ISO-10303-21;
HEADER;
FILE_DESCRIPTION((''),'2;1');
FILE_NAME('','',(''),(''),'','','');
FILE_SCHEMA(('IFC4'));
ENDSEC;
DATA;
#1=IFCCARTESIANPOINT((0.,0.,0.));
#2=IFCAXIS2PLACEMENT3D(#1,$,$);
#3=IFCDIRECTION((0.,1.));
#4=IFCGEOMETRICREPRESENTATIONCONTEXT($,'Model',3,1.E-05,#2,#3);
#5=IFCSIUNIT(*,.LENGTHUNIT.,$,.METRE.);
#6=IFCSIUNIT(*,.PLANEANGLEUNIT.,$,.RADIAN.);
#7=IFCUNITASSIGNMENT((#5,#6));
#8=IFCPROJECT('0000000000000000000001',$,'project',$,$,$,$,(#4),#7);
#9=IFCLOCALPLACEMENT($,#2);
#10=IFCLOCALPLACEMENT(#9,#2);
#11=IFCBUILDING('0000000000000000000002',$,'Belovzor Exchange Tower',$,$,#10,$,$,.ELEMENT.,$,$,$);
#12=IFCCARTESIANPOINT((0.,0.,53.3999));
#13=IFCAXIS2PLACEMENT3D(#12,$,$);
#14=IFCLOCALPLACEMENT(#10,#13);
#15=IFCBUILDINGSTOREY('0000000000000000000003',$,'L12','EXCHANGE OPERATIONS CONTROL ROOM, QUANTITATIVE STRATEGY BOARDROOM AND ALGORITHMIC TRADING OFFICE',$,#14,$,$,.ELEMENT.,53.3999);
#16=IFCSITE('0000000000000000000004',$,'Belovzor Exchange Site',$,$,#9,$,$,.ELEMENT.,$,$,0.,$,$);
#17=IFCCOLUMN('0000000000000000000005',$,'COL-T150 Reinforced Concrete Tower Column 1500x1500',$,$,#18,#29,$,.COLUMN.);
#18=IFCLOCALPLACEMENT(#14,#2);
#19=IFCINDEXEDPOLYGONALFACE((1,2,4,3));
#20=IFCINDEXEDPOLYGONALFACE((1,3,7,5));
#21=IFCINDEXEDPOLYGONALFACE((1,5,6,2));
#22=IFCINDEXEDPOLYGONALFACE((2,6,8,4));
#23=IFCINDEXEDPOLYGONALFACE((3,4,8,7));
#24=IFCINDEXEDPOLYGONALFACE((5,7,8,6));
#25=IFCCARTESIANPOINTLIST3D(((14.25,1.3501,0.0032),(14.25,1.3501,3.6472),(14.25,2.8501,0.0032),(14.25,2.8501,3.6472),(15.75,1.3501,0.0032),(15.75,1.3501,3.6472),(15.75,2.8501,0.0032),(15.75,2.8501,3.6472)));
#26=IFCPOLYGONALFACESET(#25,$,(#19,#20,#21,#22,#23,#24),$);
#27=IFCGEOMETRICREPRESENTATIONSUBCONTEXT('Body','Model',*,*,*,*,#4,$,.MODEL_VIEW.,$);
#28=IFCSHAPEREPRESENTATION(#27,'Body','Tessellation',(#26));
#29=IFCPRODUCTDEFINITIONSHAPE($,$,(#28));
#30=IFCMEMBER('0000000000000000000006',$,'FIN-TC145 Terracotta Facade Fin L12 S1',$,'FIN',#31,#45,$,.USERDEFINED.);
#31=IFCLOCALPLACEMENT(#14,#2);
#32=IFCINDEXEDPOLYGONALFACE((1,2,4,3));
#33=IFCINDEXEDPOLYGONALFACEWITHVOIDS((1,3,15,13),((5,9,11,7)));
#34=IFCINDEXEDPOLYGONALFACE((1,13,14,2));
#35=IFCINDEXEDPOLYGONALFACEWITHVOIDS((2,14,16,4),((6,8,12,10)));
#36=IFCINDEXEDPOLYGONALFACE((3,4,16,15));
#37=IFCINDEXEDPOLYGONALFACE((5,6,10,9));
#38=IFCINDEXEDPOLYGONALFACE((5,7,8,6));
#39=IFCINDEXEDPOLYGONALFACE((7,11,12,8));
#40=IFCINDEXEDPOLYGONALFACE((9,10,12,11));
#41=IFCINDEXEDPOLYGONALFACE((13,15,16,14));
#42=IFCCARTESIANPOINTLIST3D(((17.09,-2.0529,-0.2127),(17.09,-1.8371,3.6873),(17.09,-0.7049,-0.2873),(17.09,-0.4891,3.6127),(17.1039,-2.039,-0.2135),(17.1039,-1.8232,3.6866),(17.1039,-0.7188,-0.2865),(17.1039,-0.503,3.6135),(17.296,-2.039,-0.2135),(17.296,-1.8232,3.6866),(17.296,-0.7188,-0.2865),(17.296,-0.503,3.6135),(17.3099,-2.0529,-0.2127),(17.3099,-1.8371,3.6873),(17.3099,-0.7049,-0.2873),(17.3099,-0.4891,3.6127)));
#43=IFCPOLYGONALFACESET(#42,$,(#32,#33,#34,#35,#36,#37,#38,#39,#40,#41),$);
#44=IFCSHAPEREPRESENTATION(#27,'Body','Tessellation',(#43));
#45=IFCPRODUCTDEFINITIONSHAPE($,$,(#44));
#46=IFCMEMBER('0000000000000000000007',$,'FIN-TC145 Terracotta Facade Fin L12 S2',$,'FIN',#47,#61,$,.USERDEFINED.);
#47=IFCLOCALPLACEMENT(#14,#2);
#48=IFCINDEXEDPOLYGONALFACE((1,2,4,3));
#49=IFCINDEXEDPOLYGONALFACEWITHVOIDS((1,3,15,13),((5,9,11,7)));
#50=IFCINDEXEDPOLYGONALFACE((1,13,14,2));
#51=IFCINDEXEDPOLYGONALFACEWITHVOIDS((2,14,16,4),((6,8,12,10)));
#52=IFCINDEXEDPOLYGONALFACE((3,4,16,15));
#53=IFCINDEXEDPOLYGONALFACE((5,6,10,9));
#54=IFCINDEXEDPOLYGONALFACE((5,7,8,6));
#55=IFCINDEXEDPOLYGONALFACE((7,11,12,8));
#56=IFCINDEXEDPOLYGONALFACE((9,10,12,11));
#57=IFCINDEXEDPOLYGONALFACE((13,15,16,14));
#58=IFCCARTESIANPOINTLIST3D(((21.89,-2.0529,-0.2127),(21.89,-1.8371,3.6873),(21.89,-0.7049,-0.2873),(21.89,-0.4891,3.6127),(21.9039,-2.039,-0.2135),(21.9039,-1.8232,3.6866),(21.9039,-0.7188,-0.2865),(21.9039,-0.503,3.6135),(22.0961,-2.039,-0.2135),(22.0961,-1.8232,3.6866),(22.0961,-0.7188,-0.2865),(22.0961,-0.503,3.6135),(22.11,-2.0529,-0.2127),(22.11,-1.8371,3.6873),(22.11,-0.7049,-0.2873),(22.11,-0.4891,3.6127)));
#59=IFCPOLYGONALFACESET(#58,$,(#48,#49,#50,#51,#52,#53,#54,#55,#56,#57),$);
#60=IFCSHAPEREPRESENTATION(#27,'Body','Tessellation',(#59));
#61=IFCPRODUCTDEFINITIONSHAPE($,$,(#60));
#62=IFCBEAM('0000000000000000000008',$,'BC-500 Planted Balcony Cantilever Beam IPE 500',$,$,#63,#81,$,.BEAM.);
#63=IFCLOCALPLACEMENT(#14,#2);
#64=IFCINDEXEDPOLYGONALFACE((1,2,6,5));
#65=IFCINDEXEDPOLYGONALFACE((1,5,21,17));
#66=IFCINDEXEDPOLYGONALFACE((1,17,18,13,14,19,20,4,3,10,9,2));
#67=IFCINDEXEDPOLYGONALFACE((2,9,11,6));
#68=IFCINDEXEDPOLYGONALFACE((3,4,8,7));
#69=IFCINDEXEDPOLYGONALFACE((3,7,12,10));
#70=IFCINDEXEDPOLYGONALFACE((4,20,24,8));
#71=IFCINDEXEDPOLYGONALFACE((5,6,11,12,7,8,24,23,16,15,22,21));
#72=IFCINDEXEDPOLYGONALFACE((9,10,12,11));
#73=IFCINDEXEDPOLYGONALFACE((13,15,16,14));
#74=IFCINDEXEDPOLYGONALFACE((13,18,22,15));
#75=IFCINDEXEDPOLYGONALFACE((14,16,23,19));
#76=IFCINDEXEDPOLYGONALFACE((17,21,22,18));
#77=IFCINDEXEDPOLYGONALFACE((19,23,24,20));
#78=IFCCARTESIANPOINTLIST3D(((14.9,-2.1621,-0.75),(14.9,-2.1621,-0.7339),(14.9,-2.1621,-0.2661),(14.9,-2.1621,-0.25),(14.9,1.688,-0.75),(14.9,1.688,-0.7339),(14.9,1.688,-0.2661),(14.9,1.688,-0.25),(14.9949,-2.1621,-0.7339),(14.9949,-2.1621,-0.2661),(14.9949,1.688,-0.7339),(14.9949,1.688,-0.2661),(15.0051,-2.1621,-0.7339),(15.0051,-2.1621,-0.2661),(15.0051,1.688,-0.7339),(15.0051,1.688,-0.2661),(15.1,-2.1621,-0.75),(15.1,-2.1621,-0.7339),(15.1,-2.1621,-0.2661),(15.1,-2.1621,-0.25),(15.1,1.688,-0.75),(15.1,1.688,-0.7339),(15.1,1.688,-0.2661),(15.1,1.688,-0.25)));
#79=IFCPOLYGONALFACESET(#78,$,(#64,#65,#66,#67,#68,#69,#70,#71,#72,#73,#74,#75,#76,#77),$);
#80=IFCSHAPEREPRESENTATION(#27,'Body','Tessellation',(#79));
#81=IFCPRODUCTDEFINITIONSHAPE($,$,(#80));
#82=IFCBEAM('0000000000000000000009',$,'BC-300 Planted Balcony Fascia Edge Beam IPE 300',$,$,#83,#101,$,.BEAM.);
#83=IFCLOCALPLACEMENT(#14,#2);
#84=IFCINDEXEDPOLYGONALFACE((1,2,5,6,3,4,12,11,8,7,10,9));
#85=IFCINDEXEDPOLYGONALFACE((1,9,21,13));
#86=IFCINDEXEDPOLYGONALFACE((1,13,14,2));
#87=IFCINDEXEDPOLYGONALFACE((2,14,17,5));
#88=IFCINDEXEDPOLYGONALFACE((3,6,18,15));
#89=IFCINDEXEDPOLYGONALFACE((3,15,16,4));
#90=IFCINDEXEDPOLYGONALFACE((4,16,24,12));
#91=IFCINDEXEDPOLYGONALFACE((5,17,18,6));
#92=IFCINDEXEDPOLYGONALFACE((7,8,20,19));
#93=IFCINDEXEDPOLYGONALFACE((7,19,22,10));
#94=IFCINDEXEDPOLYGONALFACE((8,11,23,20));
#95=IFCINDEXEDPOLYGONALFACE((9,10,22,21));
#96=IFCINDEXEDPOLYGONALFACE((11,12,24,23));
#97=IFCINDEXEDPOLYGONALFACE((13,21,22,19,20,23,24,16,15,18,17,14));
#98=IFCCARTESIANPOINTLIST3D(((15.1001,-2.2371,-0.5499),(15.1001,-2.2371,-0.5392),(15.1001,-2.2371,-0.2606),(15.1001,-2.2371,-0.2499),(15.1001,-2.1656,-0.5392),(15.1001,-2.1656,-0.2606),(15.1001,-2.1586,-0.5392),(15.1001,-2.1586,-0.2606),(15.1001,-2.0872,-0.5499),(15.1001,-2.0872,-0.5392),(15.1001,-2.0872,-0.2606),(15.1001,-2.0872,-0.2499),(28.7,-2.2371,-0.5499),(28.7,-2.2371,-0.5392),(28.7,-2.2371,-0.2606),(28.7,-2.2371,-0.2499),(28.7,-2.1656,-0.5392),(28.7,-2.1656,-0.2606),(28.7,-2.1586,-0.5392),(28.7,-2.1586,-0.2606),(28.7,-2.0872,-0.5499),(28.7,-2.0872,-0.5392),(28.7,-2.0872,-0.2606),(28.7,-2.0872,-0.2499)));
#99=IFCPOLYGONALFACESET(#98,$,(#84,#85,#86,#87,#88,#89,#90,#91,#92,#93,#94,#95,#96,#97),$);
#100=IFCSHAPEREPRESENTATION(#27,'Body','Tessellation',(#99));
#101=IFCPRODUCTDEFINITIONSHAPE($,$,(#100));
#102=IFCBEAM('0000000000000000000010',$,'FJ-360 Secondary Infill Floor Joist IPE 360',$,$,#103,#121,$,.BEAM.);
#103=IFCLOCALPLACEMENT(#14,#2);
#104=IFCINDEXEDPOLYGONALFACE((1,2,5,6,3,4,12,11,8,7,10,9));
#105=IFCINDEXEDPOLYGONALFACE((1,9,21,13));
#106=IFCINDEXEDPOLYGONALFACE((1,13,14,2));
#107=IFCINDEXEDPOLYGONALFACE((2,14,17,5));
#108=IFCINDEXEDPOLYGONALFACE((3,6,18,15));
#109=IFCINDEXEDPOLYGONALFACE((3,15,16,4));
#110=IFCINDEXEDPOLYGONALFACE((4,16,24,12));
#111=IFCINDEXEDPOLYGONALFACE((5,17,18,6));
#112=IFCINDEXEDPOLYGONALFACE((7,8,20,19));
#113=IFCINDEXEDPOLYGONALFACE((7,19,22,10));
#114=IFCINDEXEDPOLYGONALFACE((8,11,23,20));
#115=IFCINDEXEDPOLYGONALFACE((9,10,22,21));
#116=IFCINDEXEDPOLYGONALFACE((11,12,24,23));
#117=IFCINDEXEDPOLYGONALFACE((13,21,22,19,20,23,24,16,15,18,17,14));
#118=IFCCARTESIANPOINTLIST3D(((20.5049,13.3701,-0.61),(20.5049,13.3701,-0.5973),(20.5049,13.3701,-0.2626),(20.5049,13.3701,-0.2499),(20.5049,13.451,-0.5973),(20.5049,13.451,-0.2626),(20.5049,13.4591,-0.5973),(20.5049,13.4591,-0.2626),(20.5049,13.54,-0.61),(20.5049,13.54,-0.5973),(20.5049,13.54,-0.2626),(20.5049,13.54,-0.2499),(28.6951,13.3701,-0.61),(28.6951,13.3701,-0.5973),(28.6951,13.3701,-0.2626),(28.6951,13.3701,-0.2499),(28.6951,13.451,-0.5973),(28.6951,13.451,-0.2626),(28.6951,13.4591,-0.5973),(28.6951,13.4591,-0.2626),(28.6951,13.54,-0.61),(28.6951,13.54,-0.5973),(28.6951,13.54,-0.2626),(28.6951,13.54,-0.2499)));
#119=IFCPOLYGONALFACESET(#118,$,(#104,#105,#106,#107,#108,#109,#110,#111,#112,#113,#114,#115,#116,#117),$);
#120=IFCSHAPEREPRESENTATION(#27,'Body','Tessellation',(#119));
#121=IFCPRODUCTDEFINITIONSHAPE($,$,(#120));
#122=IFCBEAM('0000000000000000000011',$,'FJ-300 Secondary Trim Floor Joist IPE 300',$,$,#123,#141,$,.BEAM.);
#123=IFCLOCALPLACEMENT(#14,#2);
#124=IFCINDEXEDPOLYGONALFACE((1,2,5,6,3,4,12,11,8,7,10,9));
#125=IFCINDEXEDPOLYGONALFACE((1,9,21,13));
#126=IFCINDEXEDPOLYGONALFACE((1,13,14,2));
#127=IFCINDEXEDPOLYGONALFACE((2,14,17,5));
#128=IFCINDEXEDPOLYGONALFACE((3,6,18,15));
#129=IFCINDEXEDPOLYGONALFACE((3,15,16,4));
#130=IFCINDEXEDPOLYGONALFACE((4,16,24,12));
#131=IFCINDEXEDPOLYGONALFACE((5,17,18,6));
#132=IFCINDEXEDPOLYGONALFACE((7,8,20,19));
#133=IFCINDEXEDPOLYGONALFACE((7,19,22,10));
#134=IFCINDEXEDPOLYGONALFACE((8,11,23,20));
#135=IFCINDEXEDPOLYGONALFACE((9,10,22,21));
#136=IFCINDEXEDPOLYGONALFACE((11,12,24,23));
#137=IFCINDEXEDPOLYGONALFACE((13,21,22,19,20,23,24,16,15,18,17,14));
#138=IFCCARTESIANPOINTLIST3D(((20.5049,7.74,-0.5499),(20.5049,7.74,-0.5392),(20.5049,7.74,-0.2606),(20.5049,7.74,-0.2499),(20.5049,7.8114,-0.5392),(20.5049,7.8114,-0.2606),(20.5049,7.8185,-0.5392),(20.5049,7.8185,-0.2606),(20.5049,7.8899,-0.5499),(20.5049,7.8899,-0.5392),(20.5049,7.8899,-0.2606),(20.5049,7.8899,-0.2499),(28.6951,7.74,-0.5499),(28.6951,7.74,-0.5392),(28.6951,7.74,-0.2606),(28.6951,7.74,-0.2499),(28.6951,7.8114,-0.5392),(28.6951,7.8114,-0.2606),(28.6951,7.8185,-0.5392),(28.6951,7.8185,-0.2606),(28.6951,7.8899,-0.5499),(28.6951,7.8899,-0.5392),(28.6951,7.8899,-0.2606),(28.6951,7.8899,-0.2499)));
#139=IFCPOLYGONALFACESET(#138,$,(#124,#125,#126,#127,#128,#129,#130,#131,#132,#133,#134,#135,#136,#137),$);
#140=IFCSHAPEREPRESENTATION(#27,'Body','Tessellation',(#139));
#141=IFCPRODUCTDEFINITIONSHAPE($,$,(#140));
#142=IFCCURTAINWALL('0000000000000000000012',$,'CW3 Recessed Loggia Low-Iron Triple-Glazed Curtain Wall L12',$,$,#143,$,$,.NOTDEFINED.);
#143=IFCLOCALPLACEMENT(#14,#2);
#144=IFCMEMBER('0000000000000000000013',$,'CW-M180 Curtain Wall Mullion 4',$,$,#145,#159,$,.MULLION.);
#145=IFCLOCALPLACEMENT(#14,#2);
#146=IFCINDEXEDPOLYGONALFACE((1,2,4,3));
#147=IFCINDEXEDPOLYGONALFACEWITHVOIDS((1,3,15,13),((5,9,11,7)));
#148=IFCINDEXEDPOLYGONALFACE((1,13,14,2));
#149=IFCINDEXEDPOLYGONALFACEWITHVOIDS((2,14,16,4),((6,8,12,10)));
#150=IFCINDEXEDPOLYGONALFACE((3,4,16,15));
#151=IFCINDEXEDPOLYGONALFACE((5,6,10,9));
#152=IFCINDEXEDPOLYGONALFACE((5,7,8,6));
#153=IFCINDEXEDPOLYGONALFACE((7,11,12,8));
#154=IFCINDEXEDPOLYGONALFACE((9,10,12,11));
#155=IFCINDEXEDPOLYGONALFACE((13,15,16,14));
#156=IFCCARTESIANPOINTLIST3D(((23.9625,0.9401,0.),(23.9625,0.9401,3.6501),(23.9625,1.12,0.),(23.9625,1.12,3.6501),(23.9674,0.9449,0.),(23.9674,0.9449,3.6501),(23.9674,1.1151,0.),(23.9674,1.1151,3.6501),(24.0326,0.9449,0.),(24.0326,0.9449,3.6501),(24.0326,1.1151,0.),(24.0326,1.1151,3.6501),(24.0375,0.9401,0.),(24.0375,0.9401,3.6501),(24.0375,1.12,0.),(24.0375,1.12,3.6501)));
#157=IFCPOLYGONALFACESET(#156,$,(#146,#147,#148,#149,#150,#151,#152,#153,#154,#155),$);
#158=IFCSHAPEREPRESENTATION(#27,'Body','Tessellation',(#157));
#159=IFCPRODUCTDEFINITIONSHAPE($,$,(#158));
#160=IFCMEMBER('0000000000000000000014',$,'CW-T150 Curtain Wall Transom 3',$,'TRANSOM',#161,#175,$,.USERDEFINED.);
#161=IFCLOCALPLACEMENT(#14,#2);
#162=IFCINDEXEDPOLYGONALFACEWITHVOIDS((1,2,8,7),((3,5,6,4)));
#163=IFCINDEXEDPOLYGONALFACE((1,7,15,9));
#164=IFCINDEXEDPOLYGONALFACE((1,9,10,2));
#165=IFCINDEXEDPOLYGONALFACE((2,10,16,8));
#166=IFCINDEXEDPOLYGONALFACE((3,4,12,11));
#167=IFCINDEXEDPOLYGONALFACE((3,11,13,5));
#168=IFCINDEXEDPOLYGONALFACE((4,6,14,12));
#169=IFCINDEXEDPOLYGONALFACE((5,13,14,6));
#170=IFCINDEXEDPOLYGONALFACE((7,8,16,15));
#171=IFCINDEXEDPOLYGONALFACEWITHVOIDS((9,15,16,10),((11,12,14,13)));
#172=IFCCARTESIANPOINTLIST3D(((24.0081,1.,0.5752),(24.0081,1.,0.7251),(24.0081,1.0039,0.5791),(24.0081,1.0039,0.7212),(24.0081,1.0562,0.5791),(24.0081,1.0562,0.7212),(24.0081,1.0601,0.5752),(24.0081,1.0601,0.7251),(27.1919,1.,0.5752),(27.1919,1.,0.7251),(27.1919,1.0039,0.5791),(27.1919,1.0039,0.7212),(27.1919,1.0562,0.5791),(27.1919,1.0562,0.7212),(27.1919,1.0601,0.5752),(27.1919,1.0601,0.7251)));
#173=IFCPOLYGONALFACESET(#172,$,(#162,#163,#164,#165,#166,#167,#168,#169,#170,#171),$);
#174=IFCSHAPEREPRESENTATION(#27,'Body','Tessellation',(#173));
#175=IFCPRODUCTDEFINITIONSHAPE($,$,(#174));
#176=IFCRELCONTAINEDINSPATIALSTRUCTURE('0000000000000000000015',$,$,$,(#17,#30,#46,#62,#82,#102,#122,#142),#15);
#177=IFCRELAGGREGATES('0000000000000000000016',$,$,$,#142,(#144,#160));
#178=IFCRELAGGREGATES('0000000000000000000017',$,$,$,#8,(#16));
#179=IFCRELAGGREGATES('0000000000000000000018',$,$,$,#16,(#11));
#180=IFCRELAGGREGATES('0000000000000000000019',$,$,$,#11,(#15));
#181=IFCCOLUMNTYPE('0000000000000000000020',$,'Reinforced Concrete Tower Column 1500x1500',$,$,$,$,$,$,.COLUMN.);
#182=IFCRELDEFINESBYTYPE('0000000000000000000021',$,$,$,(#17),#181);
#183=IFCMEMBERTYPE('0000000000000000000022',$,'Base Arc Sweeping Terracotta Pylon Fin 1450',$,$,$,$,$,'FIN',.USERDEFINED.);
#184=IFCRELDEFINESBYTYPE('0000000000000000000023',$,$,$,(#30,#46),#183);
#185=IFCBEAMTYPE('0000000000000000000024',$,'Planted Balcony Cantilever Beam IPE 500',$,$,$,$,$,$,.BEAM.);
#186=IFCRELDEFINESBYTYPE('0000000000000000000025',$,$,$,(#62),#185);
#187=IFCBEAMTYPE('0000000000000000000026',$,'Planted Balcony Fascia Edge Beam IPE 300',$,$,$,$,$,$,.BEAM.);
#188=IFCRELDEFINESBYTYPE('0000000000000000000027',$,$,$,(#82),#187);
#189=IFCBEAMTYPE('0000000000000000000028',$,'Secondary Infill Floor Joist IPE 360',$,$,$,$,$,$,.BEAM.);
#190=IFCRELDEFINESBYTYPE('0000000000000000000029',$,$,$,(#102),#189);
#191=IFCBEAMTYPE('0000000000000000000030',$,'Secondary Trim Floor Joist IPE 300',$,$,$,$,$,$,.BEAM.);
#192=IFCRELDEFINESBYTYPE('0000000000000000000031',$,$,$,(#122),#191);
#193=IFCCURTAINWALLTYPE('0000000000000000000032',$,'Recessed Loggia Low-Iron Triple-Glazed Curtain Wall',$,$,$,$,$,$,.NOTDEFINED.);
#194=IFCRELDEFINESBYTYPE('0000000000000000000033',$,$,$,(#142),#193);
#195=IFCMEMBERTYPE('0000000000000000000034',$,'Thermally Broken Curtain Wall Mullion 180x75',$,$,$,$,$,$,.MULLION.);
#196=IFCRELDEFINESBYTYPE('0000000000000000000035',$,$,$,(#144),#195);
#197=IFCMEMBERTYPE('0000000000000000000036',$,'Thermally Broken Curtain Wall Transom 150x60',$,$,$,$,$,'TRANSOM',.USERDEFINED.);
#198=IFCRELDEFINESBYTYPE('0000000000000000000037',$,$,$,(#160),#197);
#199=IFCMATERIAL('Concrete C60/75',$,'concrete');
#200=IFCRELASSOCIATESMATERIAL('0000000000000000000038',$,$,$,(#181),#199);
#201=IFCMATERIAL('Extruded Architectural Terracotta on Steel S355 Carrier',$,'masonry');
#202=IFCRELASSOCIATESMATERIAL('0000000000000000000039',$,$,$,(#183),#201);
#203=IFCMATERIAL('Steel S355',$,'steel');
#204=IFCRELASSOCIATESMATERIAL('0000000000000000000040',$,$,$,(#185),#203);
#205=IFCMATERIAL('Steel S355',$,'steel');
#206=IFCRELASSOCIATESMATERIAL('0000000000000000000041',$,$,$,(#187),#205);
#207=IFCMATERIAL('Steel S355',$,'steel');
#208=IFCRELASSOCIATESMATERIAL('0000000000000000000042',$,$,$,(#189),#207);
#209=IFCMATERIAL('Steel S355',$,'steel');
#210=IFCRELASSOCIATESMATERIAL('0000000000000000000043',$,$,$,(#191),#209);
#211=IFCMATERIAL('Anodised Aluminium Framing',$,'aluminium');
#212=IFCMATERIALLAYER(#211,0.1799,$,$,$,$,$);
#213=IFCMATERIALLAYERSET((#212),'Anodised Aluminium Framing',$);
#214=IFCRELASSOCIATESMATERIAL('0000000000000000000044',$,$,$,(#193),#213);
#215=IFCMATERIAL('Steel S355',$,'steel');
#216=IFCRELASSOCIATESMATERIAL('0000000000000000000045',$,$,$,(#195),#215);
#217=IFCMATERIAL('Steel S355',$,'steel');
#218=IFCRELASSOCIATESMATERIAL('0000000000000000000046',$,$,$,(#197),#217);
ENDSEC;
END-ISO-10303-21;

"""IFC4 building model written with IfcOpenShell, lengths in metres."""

from ifc_helpers import new_model, si_unit, direction, frame, origin, origin_2d, place, context, subcontext, project, spatial, rectangle, hollow_rectangle, i_section, extrude, material, layer, layer_set, material_profile, profile_set, type_object, element, aggregate, save


model = new_model("IFC4")

# Units and contexts
model_context = context("Model", 3, precision=1e-05, world=origin(), true_north=direction((0.0, 1.0)))
body_context = subcontext(model_context, "Body", "Model", "MODEL_VIEW")
ifc_project = project(units=[si_unit("LENGTHUNIT", "METRE"), si_unit("PLANEANGLEUNIT", "RADIAN")], contexts=[model_context])

# Site, building, storey
site_placement = place(None, origin())
site = spatial("IfcSite", under=ifc_project, at=site_placement, Name="Belovzor Exchange Site", CompositionType="ELEMENT", RefElevation=0.0)
building_placement = place(site_placement, origin())
building = spatial("IfcBuilding", under=site, at=building_placement, Name="Belovzor Exchange Tower", CompositionType="ELEMENT")
storey_placement = place(building_placement, frame((0.0, 0.0, 53.3999)))
storey = spatial("IfcBuildingStorey", under=building, at=storey_placement, Name="L12", Description="EXCHANGE OPERATIONS CONTROL ROOM, QUANTITATIVE STRATEGY BOARDROOM AND ALGORITHMIC TRADING OFFICE", CompositionType="ELEMENT", Elevation=53.3999)

# Column
ifc_material_1 = material(Name="Concrete C60/75", Category="concrete")
ifc_material_profile_1 = material_profile(ifc_material_1, rectangle(XDim=1.5, YDim=1.5, at=origin_2d()))
ifc_profile_set_1 = profile_set([ifc_material_profile_1], Name="Concrete C60/75")
column_type = type_object("IfcColumnType", Name="Reinforced Concrete Tower Column 1500x1500", PredefinedType="COLUMN", material=ifc_profile_set_1)
column_placement = place(storey_placement, frame((15.0, 2.1001, 0.0032), z_axis=(0.0, 0.0, 1.0), x_axis=(1.0, 0.0, 0.0)))
element("IfcColumn", 1, at=column_placement, inside=storey, type_object=column_type, Name="COL-T150 Reinforced Concrete Tower Column 1500x1500", PredefinedType="COLUMN", context=body_context, shape_type="SweptSolid", body=[
    extrude(rectangle(XDim=1.5, YDim=1.5, at=origin_2d()), origin(), (0.0, 0.0, 1.0), 3.644),
])

# Members
ifc_material_2 = material(Name="Extruded Architectural Terracotta on Steel S355 Carrier", Category="masonry")
ifc_material_profile_2 = material_profile(ifc_material_2, hollow_rectangle(XDim=0.22, YDim=1.3501, WallThickness=0.0139, at=origin_2d()))
ifc_profile_set_2 = profile_set([ifc_material_profile_2], Name="Extruded Architectural Terracotta on Steel S355 Carrier")
member_type_1 = type_object("IfcMemberType", Name="Base Arc Sweeping Terracotta Pylon Fin 1450", ElementType="FIN", PredefinedType="USERDEFINED", material=ifc_profile_set_2)
for number, where, z_axis, x_axis, name in (
    (2, (17.2, -1.3789, -0.25), (0.0, 0.055252, 0.998472), (-1.0, 0.0, 0.0), "FIN-TC145 Terracotta Facade Fin L12 S1"),
    (3, (22.0, -1.3789, -0.25), (0.0, 0.055252, 0.998472), (-1.0, 0.0, 0.0), "FIN-TC145 Terracotta Facade Fin L12 S2"),
):
    element("IfcMember", number, at=place(storey_placement, frame(where, z_axis=z_axis, x_axis=x_axis)), inside=storey, type_object=member_type_1, Name=name, ObjectType="FIN", PredefinedType="USERDEFINED", context=body_context, shape_type="SweptSolid", body=[
        extrude(hollow_rectangle(XDim=0.22, YDim=1.3501, WallThickness=0.0139, at=origin_2d()), origin(), (0.0, 0.0, 1.0), 3.906),
    ])

# Beams
ifc_material_3 = material(Name="Steel S355", Category="steel")
ifc_material_profile_3 = material_profile(ifc_material_3, i_section(OverallWidth=0.2, OverallDepth=0.5, WebThickness=0.0103, FlangeThickness=0.0161, at=origin_2d()))
ifc_profile_set_3 = profile_set([ifc_material_profile_3], Name="Steel S355")
beam_type_1 = type_object("IfcBeamType", Name="Planted Balcony Cantilever Beam IPE 500", PredefinedType="BEAM", material=ifc_profile_set_3)
beam_1_placement = place(storey_placement, frame((15.0, 1.688, -0.5), z_axis=(0.0, -1.0, 0.0), x_axis=(1.0, 0.0, 0.0)))
element("IfcBeam", 4, at=beam_1_placement, inside=storey, type_object=beam_type_1, Name="BC-500 Planted Balcony Cantilever Beam IPE 500", PredefinedType="BEAM", context=body_context, shape_type="SweptSolid", body=[
    extrude(i_section(OverallWidth=0.2, OverallDepth=0.5, WebThickness=0.0103, FlangeThickness=0.0161, at=origin_2d()), origin(), (0.0, 0.0, 1.0), 3.8501),
])
ifc_material_4 = material(Name="Steel S355", Category="steel")
ifc_material_profile_4 = material_profile(ifc_material_4, i_section(OverallWidth=0.1499, OverallDepth=0.3, WebThickness=0.0071, FlangeThickness=0.0107, at=origin_2d()))
ifc_profile_set_4 = profile_set([ifc_material_profile_4], Name="Steel S355")
beam_type_2 = type_object("IfcBeamType", Name="Planted Balcony Fascia Edge Beam IPE 300", PredefinedType="BEAM", material=ifc_profile_set_4)
beam_2_placement = place(storey_placement, frame((15.1001, -2.1621, -0.3999), z_axis=(1.0, 0.0, 0.0), x_axis=(0.0, 1.0, 0.0)))
element("IfcBeam", 5, at=beam_2_placement, inside=storey, type_object=beam_type_2, Name="BC-300 Planted Balcony Fascia Edge Beam IPE 300", PredefinedType="BEAM", context=body_context, shape_type="SweptSolid", body=[
    extrude(i_section(OverallWidth=0.1499, OverallDepth=0.3, WebThickness=0.0071, FlangeThickness=0.0107, at=origin_2d()), origin(), (0.0, 0.0, 1.0), 13.5999),
])
ifc_material_5 = material(Name="Steel S355", Category="steel")
ifc_material_profile_5 = material_profile(ifc_material_5, i_section(OverallWidth=0.1699, OverallDepth=0.3601, WebThickness=0.0081, FlangeThickness=0.0127, at=origin_2d()))
ifc_profile_set_5 = profile_set([ifc_material_profile_5], Name="Steel S355")
beam_type_3 = type_object("IfcBeamType", Name="Secondary Infill Floor Joist IPE 360", PredefinedType="BEAM", material=ifc_profile_set_5)
beam_3_placement = place(storey_placement, frame((20.5049, 13.4551, -0.4299), z_axis=(1.0, 0.0, 0.0), x_axis=(0.0, 1.0, 0.0)))
element("IfcBeam", 6, at=beam_3_placement, inside=storey, type_object=beam_type_3, Name="FJ-360 Secondary Infill Floor Joist IPE 360", PredefinedType="BEAM", context=body_context, shape_type="SweptSolid", body=[
    extrude(i_section(OverallWidth=0.1699, OverallDepth=0.3601, WebThickness=0.0081, FlangeThickness=0.0127, at=origin_2d()), origin(), (0.0, 0.0, 1.0), 8.1902),
])
ifc_material_6 = material(Name="Steel S355", Category="steel")
ifc_material_profile_6 = material_profile(ifc_material_6, i_section(OverallWidth=0.1499, OverallDepth=0.3, WebThickness=0.0071, FlangeThickness=0.0107, at=origin_2d()))
ifc_profile_set_6 = profile_set([ifc_material_profile_6], Name="Steel S355")
beam_type_4 = type_object("IfcBeamType", Name="Secondary Trim Floor Joist IPE 300", PredefinedType="BEAM", material=ifc_profile_set_6)
beam_4_placement = place(storey_placement, frame((20.5049, 7.8149, -0.3999), z_axis=(1.0, 0.0, 0.0), x_axis=(0.0, 1.0, 0.0)))
element("IfcBeam", 7, at=beam_4_placement, inside=storey, type_object=beam_type_4, Name="FJ-300 Secondary Trim Floor Joist IPE 300", PredefinedType="BEAM", context=body_context, shape_type="SweptSolid", body=[
    extrude(i_section(OverallWidth=0.1499, OverallDepth=0.3, WebThickness=0.0071, FlangeThickness=0.0107, at=origin_2d()), origin(), (0.0, 0.0, 1.0), 8.1902),
])

# Curtain wall, members
ifc_material_7 = material(Name="Anodised Aluminium Framing", Category="aluminium")
ifc_layer_1 = layer(ifc_material_7, 0.1799)
ifc_layer_set_1 = layer_set([ifc_layer_1], Name="Anodised Aluminium Framing")
curtain_wall_type = type_object("IfcCurtainWallType", Name="Recessed Loggia Low-Iron Triple-Glazed Curtain Wall", PredefinedType="NOTDEFINED", material=ifc_layer_set_1)
curtain_wall_placement = place(storey_placement, origin())
curtain_wall = element("IfcCurtainWall", 8, at=curtain_wall_placement, inside=storey, type_object=curtain_wall_type, Name="CW3 Recessed Loggia Low-Iron Triple-Glazed Curtain Wall L12", PredefinedType="NOTDEFINED")
ifc_material_8 = material(Name="Steel S355", Category="steel")
ifc_material_profile_7 = material_profile(ifc_material_8, hollow_rectangle(XDim=0.075, YDim=0.1799, WallThickness=0.0049, at=origin_2d()))
ifc_profile_set_7 = profile_set([ifc_material_profile_7], Name="Steel S355")
member_type_2 = type_object("IfcMemberType", Name="Thermally Broken Curtain Wall Mullion 180x75", PredefinedType="MULLION", material=ifc_profile_set_7)
member_1_placement = place(storey_placement, frame((24.0, 1.03, 0.0), z_axis=(0.0, 0.0, 1.0), x_axis=(-1.0, 0.0, 0.0)))
member_1 = element("IfcMember", 9, at=member_1_placement, type_object=member_type_2, Name="CW-M180 Curtain Wall Mullion 4", PredefinedType="MULLION", context=body_context, shape_type="SweptSolid", body=[
    extrude(hollow_rectangle(XDim=0.075, YDim=0.1799, WallThickness=0.0049, at=origin_2d()), origin(), (0.0, 0.0, 1.0), 3.6501),
])
ifc_material_9 = material(Name="Steel S355", Category="steel")
ifc_material_profile_8 = material_profile(ifc_material_9, hollow_rectangle(XDim=0.0601, YDim=0.1499, WallThickness=0.0039, at=origin_2d()))
ifc_profile_set_8 = profile_set([ifc_material_profile_8], Name="Steel S355")
member_type_3 = type_object("IfcMemberType", Name="Thermally Broken Curtain Wall Transom 150x60", ElementType="TRANSOM", PredefinedType="USERDEFINED", material=ifc_profile_set_8)
member_2_placement = place(storey_placement, frame((27.1919, 1.03, 0.6501), z_axis=(-1.0, 0.0, 0.0), x_axis=(0.0, -1.0, 0.0)))
member_2 = element("IfcMember", 10, at=member_2_placement, type_object=member_type_3, Name="CW-T150 Curtain Wall Transom 3", ObjectType="TRANSOM", PredefinedType="USERDEFINED", context=body_context, shape_type="SweptSolid", body=[
    extrude(hollow_rectangle(XDim=0.0601, YDim=0.1499, WallThickness=0.0039, at=origin_2d()), origin(), (0.0, 0.0, 1.0), 3.1838),
])

aggregate(curtain_wall, [member_1, member_2])

save(model, "model.ifc")
